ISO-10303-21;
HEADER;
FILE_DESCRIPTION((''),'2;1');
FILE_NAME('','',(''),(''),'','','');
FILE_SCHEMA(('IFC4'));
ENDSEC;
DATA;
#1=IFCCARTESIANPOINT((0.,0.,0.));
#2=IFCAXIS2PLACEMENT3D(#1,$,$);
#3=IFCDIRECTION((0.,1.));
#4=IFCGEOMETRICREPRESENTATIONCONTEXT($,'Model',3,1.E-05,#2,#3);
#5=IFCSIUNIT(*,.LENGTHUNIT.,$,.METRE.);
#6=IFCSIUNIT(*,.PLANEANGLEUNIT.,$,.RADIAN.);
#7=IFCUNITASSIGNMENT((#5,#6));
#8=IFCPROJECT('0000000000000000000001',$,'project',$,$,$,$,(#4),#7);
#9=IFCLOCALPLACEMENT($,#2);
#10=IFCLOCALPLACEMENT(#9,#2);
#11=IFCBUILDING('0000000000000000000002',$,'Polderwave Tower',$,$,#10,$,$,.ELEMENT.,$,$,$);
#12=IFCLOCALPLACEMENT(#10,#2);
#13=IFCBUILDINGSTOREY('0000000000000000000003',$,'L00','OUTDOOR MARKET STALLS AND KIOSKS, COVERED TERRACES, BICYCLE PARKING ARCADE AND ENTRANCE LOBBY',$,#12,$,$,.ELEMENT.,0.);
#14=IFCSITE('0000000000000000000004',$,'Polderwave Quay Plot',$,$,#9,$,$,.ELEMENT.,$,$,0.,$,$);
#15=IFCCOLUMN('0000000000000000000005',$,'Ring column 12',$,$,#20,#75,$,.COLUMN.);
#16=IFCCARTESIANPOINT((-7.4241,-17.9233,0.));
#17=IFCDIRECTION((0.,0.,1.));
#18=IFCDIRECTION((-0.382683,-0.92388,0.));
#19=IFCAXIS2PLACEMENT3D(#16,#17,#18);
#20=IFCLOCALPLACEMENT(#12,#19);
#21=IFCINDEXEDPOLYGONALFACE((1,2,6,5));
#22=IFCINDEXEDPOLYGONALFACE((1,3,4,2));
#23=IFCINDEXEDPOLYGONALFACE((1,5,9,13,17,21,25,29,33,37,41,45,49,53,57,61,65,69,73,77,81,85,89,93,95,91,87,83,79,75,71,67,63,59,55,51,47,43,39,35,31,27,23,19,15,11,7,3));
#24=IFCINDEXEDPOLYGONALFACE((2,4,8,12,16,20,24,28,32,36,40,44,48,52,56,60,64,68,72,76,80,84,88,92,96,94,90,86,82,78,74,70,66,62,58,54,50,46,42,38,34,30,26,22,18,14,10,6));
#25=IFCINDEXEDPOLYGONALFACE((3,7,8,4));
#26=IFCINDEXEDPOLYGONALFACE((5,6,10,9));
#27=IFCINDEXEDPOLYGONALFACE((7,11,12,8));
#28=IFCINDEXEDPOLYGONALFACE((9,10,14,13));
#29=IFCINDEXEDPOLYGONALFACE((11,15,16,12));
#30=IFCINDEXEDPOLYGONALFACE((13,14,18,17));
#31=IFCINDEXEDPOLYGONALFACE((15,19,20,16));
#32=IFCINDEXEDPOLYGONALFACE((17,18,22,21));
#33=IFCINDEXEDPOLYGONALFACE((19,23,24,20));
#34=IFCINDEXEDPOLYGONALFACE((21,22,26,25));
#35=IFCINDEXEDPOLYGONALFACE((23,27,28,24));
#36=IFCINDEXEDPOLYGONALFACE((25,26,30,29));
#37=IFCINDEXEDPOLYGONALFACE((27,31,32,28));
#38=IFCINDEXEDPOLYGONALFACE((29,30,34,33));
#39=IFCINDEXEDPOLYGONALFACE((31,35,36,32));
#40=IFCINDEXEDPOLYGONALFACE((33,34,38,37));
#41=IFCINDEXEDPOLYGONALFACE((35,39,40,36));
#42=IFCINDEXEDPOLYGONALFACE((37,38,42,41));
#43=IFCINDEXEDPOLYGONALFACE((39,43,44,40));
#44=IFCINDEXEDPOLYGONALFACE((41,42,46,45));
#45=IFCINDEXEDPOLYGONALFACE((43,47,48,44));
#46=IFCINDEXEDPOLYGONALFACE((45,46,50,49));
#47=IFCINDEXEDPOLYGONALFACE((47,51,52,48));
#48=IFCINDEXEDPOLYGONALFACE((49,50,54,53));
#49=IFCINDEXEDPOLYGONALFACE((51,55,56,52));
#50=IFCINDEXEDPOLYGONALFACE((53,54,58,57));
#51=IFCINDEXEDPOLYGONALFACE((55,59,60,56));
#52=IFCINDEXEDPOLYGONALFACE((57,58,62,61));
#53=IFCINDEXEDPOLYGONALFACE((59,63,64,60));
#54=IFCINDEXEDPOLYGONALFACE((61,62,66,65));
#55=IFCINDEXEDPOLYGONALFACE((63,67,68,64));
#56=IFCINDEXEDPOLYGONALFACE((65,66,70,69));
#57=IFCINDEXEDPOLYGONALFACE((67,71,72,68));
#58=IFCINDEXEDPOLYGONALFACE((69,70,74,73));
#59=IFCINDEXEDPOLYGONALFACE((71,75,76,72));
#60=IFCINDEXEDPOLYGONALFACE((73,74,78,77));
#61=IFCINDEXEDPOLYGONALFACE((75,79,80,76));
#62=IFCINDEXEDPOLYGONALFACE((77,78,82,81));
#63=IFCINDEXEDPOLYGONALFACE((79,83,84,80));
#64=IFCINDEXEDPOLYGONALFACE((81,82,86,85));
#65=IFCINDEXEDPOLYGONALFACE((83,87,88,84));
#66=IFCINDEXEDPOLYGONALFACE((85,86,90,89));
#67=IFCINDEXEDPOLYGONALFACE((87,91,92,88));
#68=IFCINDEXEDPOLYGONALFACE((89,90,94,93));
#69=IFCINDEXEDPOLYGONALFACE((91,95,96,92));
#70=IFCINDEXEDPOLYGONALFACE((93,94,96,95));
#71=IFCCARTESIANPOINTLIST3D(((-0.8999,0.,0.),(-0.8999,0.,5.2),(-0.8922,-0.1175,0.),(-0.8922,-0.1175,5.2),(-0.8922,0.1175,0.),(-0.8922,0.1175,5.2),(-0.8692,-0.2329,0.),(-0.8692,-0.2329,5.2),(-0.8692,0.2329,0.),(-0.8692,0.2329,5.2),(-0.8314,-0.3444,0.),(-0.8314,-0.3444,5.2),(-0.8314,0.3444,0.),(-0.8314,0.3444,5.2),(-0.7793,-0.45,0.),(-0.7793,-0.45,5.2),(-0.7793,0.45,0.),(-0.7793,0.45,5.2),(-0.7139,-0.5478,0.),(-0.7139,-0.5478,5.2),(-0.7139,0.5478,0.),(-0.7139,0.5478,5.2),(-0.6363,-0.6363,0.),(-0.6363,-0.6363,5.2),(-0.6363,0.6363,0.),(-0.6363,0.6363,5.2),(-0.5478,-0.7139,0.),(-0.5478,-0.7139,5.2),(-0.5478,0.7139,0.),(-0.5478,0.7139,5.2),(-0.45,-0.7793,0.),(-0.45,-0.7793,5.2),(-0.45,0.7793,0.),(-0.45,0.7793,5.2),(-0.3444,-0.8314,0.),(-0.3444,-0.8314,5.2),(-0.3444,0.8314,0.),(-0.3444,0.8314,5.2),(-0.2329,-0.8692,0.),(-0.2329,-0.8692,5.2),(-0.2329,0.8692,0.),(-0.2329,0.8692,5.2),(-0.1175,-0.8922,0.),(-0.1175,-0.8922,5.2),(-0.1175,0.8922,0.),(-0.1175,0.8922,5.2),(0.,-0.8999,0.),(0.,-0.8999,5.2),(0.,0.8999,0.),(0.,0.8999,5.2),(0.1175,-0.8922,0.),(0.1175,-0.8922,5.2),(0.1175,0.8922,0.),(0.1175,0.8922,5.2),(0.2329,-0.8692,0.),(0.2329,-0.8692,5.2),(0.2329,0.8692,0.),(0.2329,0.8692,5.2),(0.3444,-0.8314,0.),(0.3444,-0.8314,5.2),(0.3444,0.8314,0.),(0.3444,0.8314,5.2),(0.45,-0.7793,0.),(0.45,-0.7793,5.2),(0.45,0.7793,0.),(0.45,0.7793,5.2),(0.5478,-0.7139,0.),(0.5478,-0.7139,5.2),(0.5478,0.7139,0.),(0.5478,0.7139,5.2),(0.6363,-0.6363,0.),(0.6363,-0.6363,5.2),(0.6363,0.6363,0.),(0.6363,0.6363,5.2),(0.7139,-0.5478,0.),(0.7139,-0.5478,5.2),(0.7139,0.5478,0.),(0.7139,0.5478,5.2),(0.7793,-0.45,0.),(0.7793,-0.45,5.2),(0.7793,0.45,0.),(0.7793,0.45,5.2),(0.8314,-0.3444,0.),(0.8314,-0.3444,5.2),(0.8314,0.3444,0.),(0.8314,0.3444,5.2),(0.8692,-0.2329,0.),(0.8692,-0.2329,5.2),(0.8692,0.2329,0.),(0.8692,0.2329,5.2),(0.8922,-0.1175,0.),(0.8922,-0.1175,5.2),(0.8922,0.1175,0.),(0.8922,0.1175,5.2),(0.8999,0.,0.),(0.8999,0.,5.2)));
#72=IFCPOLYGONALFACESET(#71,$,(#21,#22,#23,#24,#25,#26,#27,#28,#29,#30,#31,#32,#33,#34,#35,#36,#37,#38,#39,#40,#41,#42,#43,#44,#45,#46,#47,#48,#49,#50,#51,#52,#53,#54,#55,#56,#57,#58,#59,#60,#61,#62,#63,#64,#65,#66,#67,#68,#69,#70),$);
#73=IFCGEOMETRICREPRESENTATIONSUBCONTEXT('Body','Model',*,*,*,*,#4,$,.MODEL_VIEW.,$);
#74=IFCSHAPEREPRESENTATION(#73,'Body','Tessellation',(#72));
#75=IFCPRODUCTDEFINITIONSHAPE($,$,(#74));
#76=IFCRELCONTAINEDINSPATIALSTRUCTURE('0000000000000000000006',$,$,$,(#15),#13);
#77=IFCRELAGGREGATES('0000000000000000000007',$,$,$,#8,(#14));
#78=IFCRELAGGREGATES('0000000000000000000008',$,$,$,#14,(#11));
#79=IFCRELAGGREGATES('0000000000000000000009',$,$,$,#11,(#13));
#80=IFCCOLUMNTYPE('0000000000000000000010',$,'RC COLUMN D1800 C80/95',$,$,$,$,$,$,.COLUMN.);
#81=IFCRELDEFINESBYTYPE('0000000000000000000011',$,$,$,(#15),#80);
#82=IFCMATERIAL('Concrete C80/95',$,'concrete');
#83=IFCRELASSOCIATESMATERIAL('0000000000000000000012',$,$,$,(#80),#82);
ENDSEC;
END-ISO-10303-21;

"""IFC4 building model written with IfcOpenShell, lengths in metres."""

from ifc_helpers import new_model, si_unit, direction, frame, origin, origin_2d, place, context, subcontext, project, spatial, circle, extrude, material, material_profile, profile_set, type_object, element, save


model = new_model("IFC4")

# Units and contexts
model_context = context("Model", 3, precision=1e-05, world=origin(), true_north=direction((0.0, 1.0)))
body_context = subcontext(model_context, "Body", "Model", "MODEL_VIEW")
ifc_project = project(units=[si_unit("LENGTHUNIT", "METRE"), si_unit("PLANEANGLEUNIT", "RADIAN")], contexts=[model_context])

# Site, building, storey
site_placement = place(None, origin())
site = spatial("IfcSite", under=ifc_project, at=site_placement, Name="Polderwave Quay Plot", CompositionType="ELEMENT", RefElevation=0.0)
building_placement = place(site_placement, origin())
building = spatial("IfcBuilding", under=site, at=building_placement, Name="Polderwave Tower", CompositionType="ELEMENT")
storey_placement = place(building_placement, origin())
storey = spatial("IfcBuildingStorey", under=building, at=storey_placement, Name="L00", Description="OUTDOOR MARKET STALLS AND KIOSKS, COVERED TERRACES, BICYCLE PARKING ARCADE AND ENTRANCE LOBBY", CompositionType="ELEMENT", Elevation=0.0)

# Column
ifc_material_1 = material(Name="Concrete C80/95", Category="concrete")
ifc_material_profile_1 = material_profile(ifc_material_1, circle(Radius=0.8999, at=origin_2d()), Name="RC D1800")
ifc_profile_set_1 = profile_set([ifc_material_profile_1], Name="Concrete C80/95")
column_type = type_object("IfcColumnType", Name="RC COLUMN D1800 C80/95", PredefinedType="COLUMN", material=ifc_profile_set_1)
for number, where, z_axis, x_axis, name in (
    (1, (-7.4241, -17.9233, 0.0), (0.0, 0.0, 1.0), (-0.382683, -0.92388, 0.0), "Ring column 12"),
):
    element("IfcColumn", number, at=place(storey_placement, frame(where, z_axis=z_axis, x_axis=x_axis)), inside=storey, type_object=column_type, Name=name, PredefinedType="COLUMN", context=body_context, shape_type="SweptSolid", body=[
        extrude(circle(Radius=0.8999, at=origin_2d()), origin(), (0.0, 0.0, 1.0), 5.2),
    ])

save(model, "model.ifc")
